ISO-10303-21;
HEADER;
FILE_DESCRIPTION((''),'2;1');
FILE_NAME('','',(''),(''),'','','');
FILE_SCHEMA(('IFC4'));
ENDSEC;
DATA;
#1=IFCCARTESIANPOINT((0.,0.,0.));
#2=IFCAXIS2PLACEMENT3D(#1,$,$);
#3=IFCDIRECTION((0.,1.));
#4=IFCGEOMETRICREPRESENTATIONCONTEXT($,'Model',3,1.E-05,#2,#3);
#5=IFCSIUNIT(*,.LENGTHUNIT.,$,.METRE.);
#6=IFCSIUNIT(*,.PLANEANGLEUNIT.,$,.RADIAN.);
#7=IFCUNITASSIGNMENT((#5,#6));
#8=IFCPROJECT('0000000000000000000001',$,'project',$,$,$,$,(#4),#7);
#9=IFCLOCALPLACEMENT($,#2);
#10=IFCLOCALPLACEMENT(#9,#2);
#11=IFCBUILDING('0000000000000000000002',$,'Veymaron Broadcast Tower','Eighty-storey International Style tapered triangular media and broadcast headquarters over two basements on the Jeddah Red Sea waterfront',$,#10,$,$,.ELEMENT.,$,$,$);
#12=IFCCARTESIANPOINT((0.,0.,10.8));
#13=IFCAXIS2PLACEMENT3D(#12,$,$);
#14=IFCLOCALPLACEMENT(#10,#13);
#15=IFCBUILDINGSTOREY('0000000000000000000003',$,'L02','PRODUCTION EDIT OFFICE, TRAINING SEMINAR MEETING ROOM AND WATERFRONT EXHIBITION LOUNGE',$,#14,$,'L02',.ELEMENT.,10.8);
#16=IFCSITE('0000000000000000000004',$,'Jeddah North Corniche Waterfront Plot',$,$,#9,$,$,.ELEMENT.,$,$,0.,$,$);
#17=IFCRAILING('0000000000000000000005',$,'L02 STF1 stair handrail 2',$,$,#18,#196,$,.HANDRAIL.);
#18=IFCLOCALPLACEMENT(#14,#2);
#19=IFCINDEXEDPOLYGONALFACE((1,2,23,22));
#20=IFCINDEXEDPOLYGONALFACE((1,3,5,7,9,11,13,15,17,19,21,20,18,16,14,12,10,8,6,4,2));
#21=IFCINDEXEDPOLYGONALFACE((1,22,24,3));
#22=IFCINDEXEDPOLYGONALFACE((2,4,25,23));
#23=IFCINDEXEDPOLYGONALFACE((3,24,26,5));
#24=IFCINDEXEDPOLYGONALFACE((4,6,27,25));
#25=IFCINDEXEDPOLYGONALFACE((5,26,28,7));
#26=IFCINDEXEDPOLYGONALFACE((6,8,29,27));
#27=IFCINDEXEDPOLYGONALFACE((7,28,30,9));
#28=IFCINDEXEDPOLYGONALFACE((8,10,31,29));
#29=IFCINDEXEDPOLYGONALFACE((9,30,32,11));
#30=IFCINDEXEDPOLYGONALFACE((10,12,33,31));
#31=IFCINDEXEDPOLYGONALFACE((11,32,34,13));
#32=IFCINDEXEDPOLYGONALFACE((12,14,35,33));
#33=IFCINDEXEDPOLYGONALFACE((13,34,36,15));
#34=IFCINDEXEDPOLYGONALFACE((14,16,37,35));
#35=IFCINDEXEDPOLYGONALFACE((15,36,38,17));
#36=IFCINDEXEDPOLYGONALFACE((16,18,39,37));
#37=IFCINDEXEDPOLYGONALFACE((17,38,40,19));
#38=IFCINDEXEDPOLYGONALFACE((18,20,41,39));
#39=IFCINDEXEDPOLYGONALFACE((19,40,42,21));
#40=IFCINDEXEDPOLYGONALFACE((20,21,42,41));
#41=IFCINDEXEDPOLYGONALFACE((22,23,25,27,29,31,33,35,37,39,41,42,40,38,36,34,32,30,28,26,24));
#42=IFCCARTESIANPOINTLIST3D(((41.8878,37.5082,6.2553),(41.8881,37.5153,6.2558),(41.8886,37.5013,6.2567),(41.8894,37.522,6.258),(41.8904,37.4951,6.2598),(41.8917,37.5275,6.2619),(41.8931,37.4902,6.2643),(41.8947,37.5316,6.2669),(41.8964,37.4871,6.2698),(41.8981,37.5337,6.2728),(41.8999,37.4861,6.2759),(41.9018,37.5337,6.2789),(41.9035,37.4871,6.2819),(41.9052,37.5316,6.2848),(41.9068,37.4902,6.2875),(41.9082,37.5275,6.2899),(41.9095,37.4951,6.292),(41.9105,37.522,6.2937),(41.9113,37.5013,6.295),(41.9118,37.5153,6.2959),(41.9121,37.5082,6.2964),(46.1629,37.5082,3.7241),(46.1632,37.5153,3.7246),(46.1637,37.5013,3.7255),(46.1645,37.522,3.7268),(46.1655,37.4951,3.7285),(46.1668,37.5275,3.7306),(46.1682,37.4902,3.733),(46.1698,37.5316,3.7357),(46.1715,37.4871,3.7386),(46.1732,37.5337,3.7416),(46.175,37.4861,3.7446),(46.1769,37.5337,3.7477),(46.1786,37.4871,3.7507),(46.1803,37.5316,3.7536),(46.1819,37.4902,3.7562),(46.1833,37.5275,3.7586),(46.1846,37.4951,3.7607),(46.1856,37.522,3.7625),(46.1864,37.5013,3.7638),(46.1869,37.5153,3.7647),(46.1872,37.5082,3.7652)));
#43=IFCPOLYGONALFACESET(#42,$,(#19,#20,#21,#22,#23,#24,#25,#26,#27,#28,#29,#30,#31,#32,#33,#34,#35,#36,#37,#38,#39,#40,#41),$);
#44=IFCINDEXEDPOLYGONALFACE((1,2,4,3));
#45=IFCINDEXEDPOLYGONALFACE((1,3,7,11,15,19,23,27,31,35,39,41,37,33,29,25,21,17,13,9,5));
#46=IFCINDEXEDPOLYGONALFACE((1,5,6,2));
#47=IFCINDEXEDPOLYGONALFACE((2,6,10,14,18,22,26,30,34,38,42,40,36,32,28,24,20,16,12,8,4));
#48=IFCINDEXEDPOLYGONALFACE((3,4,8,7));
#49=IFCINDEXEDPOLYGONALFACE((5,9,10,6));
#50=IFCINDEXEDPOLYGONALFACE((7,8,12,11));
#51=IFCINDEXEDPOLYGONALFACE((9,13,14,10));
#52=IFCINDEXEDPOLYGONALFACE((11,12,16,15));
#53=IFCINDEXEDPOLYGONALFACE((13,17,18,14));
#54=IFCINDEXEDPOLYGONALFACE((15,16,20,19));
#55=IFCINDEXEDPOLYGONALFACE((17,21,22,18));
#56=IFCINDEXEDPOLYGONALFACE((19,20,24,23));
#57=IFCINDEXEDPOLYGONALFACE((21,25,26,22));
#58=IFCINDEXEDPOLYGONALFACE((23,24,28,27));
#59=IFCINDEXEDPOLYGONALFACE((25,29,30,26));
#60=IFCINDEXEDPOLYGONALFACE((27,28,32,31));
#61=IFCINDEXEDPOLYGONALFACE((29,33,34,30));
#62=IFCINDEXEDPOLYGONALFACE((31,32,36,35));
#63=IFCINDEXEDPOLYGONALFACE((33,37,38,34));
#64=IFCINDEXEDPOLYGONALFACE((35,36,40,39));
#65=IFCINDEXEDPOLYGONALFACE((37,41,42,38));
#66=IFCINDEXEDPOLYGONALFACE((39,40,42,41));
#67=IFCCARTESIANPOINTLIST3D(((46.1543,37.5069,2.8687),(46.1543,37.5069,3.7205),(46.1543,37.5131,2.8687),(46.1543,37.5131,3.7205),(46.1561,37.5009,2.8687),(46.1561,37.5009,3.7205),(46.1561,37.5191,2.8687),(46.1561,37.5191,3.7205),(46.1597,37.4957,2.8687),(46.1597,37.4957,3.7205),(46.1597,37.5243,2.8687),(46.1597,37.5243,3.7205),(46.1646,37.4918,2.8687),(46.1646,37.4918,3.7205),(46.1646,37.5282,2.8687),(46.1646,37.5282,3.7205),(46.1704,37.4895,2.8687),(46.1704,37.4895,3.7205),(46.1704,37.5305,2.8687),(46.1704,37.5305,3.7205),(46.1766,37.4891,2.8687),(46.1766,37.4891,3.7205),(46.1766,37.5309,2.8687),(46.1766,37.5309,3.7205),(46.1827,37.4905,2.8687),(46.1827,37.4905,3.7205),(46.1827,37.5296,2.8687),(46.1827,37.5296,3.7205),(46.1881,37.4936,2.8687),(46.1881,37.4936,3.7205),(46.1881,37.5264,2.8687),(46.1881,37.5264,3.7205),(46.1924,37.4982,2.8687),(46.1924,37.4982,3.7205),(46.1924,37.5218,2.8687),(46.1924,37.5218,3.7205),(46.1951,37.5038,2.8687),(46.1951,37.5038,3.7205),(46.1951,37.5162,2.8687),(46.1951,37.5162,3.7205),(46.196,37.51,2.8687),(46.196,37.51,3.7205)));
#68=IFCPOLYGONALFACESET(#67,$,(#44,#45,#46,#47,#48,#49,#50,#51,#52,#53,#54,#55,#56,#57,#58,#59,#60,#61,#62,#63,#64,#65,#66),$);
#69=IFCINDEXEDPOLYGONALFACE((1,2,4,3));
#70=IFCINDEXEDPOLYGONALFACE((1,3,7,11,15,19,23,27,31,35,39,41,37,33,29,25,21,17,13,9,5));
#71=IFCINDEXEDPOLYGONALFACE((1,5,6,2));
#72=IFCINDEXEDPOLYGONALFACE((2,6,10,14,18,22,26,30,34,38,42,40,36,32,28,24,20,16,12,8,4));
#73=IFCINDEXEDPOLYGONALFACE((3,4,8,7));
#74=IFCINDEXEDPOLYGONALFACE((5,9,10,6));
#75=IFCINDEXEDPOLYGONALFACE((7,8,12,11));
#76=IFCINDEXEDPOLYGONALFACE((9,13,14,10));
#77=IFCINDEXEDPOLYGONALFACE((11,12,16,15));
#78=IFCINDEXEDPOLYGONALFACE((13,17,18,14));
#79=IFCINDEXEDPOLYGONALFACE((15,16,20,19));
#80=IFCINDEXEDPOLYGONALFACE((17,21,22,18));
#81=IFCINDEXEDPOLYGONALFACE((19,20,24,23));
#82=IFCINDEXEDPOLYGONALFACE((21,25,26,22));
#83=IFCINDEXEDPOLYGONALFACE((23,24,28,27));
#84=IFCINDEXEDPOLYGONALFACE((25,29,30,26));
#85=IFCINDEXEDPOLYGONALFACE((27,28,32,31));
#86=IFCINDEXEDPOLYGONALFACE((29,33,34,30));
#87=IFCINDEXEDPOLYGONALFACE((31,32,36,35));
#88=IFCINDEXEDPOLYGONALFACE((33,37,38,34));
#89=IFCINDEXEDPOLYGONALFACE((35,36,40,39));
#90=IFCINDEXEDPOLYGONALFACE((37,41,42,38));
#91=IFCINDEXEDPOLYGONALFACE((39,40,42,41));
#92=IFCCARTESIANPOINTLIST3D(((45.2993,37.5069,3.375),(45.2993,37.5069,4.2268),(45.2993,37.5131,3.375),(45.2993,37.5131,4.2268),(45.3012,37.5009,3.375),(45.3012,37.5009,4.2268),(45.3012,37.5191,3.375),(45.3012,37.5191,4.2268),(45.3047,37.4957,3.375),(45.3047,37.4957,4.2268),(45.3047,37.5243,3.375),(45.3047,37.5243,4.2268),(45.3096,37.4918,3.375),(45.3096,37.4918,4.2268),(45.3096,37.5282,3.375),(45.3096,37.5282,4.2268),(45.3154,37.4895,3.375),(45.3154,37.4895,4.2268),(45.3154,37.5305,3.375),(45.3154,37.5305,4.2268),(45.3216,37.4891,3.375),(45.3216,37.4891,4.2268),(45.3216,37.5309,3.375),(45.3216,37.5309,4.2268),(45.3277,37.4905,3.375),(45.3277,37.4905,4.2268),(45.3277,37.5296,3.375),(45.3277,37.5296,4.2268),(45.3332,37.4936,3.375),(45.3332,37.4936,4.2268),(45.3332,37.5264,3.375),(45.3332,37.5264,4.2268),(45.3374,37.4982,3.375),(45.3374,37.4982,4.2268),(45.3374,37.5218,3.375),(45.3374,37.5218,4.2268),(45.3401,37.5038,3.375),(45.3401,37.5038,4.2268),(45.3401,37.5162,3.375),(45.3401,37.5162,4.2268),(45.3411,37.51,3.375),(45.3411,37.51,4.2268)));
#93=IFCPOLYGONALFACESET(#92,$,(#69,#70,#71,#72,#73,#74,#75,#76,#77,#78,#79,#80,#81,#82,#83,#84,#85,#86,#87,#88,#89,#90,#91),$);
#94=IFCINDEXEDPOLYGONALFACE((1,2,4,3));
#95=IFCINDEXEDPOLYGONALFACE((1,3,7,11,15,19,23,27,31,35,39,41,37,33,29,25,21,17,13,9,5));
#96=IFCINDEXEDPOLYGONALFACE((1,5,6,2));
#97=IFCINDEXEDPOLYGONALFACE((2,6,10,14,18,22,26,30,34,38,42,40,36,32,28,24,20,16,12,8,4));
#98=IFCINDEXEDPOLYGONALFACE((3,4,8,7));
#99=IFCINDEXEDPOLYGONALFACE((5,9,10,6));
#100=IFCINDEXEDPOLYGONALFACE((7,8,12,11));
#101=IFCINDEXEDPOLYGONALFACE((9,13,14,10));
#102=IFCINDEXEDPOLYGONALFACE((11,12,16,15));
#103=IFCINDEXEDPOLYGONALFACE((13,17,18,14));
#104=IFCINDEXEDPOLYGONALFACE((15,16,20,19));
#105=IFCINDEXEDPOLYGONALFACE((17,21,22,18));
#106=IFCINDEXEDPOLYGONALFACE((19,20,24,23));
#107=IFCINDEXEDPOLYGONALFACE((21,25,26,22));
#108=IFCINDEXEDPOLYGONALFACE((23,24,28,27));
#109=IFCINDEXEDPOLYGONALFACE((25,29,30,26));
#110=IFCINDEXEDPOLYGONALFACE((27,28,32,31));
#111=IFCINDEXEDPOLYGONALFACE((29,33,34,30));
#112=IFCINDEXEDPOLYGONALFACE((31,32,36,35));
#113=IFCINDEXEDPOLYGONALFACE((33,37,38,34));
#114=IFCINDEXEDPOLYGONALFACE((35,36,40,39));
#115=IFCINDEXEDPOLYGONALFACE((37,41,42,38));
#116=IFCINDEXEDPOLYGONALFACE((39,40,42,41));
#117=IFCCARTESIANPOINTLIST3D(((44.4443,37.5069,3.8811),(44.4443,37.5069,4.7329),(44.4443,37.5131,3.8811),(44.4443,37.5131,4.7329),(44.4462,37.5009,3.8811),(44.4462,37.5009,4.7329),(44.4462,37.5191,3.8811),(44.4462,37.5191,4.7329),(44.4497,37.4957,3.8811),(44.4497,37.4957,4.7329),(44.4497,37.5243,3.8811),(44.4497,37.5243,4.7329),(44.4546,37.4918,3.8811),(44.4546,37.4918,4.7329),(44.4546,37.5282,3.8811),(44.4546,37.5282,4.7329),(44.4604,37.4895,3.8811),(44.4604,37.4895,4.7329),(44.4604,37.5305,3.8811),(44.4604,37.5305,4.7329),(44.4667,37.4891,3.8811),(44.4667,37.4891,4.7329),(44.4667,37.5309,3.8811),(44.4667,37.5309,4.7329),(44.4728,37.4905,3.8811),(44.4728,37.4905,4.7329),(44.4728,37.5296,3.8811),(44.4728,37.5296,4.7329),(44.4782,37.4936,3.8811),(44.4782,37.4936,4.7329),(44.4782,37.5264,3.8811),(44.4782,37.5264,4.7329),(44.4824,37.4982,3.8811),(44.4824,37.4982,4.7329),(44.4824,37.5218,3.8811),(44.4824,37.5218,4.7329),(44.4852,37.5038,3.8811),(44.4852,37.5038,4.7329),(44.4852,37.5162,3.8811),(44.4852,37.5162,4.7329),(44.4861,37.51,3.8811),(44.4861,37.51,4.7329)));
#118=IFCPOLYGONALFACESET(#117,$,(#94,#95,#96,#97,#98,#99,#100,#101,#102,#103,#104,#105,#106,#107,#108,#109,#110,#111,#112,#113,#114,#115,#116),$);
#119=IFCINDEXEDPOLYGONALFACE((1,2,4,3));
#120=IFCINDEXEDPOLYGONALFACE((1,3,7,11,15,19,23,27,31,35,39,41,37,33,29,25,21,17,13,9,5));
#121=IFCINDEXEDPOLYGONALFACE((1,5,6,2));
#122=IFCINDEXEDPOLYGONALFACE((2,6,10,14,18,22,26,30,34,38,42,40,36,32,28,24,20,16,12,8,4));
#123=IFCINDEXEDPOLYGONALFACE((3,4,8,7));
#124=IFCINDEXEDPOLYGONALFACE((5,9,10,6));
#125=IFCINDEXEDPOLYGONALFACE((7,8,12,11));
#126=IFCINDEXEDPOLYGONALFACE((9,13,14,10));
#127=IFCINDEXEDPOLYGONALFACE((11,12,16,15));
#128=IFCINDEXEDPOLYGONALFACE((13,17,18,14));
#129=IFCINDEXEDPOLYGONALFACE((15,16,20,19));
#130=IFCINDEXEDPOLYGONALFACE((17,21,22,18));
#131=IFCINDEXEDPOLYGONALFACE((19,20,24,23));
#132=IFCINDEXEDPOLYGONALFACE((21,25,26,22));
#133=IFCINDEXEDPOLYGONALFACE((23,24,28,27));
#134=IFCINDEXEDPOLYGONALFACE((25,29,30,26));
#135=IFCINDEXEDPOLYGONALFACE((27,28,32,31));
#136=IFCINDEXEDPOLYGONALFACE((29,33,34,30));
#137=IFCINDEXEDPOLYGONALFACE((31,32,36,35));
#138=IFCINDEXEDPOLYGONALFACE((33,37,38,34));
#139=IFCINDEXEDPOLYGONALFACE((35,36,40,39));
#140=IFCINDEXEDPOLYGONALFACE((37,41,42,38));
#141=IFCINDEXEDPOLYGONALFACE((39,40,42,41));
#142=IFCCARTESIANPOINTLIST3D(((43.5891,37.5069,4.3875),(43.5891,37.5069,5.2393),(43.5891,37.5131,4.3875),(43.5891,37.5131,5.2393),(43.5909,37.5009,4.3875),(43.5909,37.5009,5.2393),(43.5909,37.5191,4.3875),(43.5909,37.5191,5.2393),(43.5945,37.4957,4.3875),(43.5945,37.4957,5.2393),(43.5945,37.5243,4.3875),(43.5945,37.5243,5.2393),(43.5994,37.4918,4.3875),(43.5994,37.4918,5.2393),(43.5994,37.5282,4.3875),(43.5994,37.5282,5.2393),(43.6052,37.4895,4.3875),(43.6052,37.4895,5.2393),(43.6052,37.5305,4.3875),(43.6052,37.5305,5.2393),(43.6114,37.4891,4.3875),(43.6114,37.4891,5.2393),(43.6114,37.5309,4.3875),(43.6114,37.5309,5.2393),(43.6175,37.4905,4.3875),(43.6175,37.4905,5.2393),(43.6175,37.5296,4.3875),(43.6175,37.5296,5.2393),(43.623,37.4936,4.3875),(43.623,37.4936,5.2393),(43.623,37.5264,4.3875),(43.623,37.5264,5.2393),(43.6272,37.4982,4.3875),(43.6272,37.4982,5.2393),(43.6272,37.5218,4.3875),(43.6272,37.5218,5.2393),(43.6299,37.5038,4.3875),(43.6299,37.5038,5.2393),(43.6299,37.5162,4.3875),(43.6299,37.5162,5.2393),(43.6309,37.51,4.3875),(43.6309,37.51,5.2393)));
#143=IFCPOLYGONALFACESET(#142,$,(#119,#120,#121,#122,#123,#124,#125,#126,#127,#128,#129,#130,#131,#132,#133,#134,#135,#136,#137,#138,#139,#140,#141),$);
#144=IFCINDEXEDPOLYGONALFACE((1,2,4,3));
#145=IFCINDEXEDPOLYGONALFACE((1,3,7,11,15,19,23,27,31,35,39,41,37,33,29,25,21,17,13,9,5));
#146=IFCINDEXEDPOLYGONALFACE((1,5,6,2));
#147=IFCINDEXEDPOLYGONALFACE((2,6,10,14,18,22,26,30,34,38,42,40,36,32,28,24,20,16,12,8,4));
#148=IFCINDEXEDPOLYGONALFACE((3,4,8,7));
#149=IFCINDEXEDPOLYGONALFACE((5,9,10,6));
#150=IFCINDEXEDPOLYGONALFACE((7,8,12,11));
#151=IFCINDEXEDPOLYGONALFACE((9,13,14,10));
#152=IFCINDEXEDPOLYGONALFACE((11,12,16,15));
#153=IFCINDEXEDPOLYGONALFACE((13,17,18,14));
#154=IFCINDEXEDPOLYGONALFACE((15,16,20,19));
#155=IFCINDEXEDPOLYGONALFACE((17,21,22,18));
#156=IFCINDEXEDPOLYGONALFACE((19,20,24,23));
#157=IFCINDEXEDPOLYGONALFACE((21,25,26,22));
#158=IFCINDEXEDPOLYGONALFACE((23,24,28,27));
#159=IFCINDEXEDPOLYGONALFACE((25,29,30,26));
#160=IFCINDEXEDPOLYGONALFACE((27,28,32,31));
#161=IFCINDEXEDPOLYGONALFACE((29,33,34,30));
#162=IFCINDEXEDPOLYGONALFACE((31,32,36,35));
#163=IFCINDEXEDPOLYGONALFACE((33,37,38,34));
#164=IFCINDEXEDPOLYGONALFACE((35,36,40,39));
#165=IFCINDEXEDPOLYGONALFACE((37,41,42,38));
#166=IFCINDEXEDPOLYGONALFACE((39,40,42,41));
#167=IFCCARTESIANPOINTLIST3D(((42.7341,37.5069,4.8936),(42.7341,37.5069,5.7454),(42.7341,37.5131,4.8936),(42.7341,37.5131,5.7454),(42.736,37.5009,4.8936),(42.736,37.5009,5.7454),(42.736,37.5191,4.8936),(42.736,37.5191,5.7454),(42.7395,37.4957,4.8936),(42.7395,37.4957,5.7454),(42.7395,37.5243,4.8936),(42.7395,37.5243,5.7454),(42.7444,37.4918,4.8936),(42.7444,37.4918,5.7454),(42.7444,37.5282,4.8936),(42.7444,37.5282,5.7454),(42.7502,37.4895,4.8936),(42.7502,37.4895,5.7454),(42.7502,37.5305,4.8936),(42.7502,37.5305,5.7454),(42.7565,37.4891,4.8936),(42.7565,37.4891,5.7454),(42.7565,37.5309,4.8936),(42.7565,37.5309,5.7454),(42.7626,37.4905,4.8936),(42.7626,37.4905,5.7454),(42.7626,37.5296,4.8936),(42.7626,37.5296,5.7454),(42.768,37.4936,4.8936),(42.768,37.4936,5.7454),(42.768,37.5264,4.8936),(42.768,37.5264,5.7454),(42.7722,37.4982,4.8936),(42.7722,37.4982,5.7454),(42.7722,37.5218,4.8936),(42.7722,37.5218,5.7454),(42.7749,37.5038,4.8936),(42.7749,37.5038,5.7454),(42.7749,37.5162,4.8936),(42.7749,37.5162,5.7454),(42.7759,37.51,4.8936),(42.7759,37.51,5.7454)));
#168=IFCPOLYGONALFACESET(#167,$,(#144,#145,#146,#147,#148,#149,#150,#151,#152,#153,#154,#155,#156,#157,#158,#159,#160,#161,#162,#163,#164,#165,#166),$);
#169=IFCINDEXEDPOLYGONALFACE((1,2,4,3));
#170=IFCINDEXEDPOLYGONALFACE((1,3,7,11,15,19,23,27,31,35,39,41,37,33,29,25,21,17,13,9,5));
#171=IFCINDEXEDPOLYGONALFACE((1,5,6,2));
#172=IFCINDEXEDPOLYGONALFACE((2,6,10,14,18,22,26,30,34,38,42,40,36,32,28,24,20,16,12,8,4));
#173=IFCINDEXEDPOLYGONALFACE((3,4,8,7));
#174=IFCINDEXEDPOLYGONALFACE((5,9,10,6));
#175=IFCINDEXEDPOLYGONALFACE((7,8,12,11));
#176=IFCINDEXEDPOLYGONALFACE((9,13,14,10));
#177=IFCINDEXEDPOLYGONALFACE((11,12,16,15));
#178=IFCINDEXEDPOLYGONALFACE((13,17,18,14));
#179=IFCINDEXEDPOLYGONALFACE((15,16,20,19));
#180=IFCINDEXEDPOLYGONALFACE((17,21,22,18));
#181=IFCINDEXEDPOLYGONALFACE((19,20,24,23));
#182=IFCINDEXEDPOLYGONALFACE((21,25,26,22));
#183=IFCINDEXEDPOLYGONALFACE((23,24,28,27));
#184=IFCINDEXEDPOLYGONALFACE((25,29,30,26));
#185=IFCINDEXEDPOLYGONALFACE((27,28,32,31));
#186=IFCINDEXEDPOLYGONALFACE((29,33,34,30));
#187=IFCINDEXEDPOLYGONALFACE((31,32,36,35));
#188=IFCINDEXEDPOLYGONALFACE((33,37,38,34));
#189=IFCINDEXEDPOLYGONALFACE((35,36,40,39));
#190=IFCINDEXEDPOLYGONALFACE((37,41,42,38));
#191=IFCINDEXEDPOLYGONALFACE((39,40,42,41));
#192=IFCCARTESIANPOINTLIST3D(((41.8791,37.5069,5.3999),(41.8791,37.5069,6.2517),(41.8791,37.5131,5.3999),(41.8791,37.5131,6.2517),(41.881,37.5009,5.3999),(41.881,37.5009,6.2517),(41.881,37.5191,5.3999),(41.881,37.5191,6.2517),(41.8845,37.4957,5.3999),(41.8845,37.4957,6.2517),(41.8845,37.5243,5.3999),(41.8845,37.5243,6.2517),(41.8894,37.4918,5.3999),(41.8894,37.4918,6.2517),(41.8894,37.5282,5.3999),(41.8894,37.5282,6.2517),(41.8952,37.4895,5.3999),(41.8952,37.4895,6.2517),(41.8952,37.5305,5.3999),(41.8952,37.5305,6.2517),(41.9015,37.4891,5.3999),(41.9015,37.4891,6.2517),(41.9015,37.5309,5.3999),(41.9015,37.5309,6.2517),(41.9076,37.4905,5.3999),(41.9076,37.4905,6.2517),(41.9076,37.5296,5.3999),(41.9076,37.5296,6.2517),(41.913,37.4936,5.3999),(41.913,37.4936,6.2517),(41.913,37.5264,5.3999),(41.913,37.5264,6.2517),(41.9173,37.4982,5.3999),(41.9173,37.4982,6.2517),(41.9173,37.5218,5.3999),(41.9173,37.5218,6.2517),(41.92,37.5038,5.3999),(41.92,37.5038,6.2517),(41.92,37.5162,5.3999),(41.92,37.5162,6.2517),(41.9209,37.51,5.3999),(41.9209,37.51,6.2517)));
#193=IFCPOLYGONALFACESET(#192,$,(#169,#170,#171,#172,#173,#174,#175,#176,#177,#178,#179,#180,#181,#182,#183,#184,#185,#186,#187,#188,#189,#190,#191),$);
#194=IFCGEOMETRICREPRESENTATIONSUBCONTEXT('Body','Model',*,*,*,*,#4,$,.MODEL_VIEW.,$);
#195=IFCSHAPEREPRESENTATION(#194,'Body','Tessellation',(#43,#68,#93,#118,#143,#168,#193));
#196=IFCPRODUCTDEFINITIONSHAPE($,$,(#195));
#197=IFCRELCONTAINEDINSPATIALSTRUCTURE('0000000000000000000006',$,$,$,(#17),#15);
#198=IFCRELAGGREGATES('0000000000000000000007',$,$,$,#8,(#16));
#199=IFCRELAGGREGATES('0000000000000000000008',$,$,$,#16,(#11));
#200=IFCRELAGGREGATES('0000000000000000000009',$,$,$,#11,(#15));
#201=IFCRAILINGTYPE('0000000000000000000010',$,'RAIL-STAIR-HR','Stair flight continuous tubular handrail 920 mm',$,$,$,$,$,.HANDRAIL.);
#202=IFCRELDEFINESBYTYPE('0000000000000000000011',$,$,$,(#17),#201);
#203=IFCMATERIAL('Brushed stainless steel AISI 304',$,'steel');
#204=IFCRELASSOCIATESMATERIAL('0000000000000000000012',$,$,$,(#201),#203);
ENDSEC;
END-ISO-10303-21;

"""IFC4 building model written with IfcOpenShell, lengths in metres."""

from ifc_helpers import new_model, si_unit, direction, frame, origin, origin_2d, place, context, subcontext, project, spatial, circle, extrude, material, type_object, element, save


model = new_model("IFC4")

# Units and contexts
model_context = context("Model", 3, precision=1e-05, world=origin(), true_north=direction((0.0, 1.0)))
body_context = subcontext(model_context, "Body", "Model", "MODEL_VIEW")
ifc_project = project(units=[si_unit("LENGTHUNIT", "METRE"), si_unit("PLANEANGLEUNIT", "RADIAN")], contexts=[model_context])

# Site, building, storey
site_placement = place(None, origin())
site = spatial("IfcSite", under=ifc_project, at=site_placement, Name="Jeddah North Corniche Waterfront Plot", CompositionType="ELEMENT", RefElevation=0.0)
building_placement = place(site_placement, origin())
building = spatial("IfcBuilding", under=site, at=building_placement, Name="Veymaron Broadcast Tower", Description="Eighty-storey International Style tapered triangular media and broadcast headquarters over two basements on the Jeddah Red Sea waterfront", CompositionType="ELEMENT")
storey_placement = place(building_placement, frame((0.0, 0.0, 10.8)))
storey = spatial("IfcBuildingStorey", under=building, at=storey_placement, Name="L02", Description="PRODUCTION EDIT OFFICE, TRAINING SEMINAR MEETING ROOM AND WATERFRONT EXHIBITION LOUNGE", LongName="L02", CompositionType="ELEMENT", Elevation=10.8)

# Railing
ifc_material_1 = material(Name="Brushed stainless steel AISI 304", Category="steel")
railing_type_1 = type_object("IfcRailingType", Name="RAIL-STAIR-HR", Description="Stair flight continuous tubular handrail 920 mm", PredefinedType="HANDRAIL", material=ifc_material_1)
railing_1_placement = place(storey_placement, frame((46.175, 37.51, 2.8687)))
element("IfcRailing", 1, at=railing_1_placement, inside=storey, type_object=railing_type_1, Name="L02 STF1 stair handrail 2", PredefinedType="HANDRAIL", context=body_context, shape_type="SweptSolid", body=[
    extrude(circle(Radius=0.0239, at=origin_2d()), frame((0.0, 0.0, 0.876), z_axis=(-0.860483, 0.0, 0.509479), x_axis=(0.0, -1.0, 0.0)), (0.0, 0.0, 1.0), 4.9683),
    extrude(circle(Radius=0.021, at=origin_2d()), origin(), (0.0, 0.0, 1.0), 0.8518),
    extrude(circle(Radius=0.021, at=origin_2d()), frame((-0.855, 0.0, 0.5063)), (0.0, 0.0, 1.0), 0.8518),
    extrude(circle(Radius=0.021, at=origin_2d()), frame((-1.71, 0.0, 1.0125)), (0.0, 0.0, 1.0), 0.8518),
    extrude(circle(Radius=0.021, at=origin_2d()), frame((-2.5652, 0.0, 1.5188)), (0.0, 0.0, 1.0), 0.8518),
    extrude(circle(Radius=0.021, at=origin_2d()), frame((-3.4202, 0.0, 2.0249)), (0.0, 0.0, 1.0), 0.8518),
    extrude(circle(Radius=0.021, at=origin_2d()), frame((-4.2751, 0.0, 2.5312)), (0.0, 0.0, 1.0), 0.8518),
])

save(model, "model.ifc")
